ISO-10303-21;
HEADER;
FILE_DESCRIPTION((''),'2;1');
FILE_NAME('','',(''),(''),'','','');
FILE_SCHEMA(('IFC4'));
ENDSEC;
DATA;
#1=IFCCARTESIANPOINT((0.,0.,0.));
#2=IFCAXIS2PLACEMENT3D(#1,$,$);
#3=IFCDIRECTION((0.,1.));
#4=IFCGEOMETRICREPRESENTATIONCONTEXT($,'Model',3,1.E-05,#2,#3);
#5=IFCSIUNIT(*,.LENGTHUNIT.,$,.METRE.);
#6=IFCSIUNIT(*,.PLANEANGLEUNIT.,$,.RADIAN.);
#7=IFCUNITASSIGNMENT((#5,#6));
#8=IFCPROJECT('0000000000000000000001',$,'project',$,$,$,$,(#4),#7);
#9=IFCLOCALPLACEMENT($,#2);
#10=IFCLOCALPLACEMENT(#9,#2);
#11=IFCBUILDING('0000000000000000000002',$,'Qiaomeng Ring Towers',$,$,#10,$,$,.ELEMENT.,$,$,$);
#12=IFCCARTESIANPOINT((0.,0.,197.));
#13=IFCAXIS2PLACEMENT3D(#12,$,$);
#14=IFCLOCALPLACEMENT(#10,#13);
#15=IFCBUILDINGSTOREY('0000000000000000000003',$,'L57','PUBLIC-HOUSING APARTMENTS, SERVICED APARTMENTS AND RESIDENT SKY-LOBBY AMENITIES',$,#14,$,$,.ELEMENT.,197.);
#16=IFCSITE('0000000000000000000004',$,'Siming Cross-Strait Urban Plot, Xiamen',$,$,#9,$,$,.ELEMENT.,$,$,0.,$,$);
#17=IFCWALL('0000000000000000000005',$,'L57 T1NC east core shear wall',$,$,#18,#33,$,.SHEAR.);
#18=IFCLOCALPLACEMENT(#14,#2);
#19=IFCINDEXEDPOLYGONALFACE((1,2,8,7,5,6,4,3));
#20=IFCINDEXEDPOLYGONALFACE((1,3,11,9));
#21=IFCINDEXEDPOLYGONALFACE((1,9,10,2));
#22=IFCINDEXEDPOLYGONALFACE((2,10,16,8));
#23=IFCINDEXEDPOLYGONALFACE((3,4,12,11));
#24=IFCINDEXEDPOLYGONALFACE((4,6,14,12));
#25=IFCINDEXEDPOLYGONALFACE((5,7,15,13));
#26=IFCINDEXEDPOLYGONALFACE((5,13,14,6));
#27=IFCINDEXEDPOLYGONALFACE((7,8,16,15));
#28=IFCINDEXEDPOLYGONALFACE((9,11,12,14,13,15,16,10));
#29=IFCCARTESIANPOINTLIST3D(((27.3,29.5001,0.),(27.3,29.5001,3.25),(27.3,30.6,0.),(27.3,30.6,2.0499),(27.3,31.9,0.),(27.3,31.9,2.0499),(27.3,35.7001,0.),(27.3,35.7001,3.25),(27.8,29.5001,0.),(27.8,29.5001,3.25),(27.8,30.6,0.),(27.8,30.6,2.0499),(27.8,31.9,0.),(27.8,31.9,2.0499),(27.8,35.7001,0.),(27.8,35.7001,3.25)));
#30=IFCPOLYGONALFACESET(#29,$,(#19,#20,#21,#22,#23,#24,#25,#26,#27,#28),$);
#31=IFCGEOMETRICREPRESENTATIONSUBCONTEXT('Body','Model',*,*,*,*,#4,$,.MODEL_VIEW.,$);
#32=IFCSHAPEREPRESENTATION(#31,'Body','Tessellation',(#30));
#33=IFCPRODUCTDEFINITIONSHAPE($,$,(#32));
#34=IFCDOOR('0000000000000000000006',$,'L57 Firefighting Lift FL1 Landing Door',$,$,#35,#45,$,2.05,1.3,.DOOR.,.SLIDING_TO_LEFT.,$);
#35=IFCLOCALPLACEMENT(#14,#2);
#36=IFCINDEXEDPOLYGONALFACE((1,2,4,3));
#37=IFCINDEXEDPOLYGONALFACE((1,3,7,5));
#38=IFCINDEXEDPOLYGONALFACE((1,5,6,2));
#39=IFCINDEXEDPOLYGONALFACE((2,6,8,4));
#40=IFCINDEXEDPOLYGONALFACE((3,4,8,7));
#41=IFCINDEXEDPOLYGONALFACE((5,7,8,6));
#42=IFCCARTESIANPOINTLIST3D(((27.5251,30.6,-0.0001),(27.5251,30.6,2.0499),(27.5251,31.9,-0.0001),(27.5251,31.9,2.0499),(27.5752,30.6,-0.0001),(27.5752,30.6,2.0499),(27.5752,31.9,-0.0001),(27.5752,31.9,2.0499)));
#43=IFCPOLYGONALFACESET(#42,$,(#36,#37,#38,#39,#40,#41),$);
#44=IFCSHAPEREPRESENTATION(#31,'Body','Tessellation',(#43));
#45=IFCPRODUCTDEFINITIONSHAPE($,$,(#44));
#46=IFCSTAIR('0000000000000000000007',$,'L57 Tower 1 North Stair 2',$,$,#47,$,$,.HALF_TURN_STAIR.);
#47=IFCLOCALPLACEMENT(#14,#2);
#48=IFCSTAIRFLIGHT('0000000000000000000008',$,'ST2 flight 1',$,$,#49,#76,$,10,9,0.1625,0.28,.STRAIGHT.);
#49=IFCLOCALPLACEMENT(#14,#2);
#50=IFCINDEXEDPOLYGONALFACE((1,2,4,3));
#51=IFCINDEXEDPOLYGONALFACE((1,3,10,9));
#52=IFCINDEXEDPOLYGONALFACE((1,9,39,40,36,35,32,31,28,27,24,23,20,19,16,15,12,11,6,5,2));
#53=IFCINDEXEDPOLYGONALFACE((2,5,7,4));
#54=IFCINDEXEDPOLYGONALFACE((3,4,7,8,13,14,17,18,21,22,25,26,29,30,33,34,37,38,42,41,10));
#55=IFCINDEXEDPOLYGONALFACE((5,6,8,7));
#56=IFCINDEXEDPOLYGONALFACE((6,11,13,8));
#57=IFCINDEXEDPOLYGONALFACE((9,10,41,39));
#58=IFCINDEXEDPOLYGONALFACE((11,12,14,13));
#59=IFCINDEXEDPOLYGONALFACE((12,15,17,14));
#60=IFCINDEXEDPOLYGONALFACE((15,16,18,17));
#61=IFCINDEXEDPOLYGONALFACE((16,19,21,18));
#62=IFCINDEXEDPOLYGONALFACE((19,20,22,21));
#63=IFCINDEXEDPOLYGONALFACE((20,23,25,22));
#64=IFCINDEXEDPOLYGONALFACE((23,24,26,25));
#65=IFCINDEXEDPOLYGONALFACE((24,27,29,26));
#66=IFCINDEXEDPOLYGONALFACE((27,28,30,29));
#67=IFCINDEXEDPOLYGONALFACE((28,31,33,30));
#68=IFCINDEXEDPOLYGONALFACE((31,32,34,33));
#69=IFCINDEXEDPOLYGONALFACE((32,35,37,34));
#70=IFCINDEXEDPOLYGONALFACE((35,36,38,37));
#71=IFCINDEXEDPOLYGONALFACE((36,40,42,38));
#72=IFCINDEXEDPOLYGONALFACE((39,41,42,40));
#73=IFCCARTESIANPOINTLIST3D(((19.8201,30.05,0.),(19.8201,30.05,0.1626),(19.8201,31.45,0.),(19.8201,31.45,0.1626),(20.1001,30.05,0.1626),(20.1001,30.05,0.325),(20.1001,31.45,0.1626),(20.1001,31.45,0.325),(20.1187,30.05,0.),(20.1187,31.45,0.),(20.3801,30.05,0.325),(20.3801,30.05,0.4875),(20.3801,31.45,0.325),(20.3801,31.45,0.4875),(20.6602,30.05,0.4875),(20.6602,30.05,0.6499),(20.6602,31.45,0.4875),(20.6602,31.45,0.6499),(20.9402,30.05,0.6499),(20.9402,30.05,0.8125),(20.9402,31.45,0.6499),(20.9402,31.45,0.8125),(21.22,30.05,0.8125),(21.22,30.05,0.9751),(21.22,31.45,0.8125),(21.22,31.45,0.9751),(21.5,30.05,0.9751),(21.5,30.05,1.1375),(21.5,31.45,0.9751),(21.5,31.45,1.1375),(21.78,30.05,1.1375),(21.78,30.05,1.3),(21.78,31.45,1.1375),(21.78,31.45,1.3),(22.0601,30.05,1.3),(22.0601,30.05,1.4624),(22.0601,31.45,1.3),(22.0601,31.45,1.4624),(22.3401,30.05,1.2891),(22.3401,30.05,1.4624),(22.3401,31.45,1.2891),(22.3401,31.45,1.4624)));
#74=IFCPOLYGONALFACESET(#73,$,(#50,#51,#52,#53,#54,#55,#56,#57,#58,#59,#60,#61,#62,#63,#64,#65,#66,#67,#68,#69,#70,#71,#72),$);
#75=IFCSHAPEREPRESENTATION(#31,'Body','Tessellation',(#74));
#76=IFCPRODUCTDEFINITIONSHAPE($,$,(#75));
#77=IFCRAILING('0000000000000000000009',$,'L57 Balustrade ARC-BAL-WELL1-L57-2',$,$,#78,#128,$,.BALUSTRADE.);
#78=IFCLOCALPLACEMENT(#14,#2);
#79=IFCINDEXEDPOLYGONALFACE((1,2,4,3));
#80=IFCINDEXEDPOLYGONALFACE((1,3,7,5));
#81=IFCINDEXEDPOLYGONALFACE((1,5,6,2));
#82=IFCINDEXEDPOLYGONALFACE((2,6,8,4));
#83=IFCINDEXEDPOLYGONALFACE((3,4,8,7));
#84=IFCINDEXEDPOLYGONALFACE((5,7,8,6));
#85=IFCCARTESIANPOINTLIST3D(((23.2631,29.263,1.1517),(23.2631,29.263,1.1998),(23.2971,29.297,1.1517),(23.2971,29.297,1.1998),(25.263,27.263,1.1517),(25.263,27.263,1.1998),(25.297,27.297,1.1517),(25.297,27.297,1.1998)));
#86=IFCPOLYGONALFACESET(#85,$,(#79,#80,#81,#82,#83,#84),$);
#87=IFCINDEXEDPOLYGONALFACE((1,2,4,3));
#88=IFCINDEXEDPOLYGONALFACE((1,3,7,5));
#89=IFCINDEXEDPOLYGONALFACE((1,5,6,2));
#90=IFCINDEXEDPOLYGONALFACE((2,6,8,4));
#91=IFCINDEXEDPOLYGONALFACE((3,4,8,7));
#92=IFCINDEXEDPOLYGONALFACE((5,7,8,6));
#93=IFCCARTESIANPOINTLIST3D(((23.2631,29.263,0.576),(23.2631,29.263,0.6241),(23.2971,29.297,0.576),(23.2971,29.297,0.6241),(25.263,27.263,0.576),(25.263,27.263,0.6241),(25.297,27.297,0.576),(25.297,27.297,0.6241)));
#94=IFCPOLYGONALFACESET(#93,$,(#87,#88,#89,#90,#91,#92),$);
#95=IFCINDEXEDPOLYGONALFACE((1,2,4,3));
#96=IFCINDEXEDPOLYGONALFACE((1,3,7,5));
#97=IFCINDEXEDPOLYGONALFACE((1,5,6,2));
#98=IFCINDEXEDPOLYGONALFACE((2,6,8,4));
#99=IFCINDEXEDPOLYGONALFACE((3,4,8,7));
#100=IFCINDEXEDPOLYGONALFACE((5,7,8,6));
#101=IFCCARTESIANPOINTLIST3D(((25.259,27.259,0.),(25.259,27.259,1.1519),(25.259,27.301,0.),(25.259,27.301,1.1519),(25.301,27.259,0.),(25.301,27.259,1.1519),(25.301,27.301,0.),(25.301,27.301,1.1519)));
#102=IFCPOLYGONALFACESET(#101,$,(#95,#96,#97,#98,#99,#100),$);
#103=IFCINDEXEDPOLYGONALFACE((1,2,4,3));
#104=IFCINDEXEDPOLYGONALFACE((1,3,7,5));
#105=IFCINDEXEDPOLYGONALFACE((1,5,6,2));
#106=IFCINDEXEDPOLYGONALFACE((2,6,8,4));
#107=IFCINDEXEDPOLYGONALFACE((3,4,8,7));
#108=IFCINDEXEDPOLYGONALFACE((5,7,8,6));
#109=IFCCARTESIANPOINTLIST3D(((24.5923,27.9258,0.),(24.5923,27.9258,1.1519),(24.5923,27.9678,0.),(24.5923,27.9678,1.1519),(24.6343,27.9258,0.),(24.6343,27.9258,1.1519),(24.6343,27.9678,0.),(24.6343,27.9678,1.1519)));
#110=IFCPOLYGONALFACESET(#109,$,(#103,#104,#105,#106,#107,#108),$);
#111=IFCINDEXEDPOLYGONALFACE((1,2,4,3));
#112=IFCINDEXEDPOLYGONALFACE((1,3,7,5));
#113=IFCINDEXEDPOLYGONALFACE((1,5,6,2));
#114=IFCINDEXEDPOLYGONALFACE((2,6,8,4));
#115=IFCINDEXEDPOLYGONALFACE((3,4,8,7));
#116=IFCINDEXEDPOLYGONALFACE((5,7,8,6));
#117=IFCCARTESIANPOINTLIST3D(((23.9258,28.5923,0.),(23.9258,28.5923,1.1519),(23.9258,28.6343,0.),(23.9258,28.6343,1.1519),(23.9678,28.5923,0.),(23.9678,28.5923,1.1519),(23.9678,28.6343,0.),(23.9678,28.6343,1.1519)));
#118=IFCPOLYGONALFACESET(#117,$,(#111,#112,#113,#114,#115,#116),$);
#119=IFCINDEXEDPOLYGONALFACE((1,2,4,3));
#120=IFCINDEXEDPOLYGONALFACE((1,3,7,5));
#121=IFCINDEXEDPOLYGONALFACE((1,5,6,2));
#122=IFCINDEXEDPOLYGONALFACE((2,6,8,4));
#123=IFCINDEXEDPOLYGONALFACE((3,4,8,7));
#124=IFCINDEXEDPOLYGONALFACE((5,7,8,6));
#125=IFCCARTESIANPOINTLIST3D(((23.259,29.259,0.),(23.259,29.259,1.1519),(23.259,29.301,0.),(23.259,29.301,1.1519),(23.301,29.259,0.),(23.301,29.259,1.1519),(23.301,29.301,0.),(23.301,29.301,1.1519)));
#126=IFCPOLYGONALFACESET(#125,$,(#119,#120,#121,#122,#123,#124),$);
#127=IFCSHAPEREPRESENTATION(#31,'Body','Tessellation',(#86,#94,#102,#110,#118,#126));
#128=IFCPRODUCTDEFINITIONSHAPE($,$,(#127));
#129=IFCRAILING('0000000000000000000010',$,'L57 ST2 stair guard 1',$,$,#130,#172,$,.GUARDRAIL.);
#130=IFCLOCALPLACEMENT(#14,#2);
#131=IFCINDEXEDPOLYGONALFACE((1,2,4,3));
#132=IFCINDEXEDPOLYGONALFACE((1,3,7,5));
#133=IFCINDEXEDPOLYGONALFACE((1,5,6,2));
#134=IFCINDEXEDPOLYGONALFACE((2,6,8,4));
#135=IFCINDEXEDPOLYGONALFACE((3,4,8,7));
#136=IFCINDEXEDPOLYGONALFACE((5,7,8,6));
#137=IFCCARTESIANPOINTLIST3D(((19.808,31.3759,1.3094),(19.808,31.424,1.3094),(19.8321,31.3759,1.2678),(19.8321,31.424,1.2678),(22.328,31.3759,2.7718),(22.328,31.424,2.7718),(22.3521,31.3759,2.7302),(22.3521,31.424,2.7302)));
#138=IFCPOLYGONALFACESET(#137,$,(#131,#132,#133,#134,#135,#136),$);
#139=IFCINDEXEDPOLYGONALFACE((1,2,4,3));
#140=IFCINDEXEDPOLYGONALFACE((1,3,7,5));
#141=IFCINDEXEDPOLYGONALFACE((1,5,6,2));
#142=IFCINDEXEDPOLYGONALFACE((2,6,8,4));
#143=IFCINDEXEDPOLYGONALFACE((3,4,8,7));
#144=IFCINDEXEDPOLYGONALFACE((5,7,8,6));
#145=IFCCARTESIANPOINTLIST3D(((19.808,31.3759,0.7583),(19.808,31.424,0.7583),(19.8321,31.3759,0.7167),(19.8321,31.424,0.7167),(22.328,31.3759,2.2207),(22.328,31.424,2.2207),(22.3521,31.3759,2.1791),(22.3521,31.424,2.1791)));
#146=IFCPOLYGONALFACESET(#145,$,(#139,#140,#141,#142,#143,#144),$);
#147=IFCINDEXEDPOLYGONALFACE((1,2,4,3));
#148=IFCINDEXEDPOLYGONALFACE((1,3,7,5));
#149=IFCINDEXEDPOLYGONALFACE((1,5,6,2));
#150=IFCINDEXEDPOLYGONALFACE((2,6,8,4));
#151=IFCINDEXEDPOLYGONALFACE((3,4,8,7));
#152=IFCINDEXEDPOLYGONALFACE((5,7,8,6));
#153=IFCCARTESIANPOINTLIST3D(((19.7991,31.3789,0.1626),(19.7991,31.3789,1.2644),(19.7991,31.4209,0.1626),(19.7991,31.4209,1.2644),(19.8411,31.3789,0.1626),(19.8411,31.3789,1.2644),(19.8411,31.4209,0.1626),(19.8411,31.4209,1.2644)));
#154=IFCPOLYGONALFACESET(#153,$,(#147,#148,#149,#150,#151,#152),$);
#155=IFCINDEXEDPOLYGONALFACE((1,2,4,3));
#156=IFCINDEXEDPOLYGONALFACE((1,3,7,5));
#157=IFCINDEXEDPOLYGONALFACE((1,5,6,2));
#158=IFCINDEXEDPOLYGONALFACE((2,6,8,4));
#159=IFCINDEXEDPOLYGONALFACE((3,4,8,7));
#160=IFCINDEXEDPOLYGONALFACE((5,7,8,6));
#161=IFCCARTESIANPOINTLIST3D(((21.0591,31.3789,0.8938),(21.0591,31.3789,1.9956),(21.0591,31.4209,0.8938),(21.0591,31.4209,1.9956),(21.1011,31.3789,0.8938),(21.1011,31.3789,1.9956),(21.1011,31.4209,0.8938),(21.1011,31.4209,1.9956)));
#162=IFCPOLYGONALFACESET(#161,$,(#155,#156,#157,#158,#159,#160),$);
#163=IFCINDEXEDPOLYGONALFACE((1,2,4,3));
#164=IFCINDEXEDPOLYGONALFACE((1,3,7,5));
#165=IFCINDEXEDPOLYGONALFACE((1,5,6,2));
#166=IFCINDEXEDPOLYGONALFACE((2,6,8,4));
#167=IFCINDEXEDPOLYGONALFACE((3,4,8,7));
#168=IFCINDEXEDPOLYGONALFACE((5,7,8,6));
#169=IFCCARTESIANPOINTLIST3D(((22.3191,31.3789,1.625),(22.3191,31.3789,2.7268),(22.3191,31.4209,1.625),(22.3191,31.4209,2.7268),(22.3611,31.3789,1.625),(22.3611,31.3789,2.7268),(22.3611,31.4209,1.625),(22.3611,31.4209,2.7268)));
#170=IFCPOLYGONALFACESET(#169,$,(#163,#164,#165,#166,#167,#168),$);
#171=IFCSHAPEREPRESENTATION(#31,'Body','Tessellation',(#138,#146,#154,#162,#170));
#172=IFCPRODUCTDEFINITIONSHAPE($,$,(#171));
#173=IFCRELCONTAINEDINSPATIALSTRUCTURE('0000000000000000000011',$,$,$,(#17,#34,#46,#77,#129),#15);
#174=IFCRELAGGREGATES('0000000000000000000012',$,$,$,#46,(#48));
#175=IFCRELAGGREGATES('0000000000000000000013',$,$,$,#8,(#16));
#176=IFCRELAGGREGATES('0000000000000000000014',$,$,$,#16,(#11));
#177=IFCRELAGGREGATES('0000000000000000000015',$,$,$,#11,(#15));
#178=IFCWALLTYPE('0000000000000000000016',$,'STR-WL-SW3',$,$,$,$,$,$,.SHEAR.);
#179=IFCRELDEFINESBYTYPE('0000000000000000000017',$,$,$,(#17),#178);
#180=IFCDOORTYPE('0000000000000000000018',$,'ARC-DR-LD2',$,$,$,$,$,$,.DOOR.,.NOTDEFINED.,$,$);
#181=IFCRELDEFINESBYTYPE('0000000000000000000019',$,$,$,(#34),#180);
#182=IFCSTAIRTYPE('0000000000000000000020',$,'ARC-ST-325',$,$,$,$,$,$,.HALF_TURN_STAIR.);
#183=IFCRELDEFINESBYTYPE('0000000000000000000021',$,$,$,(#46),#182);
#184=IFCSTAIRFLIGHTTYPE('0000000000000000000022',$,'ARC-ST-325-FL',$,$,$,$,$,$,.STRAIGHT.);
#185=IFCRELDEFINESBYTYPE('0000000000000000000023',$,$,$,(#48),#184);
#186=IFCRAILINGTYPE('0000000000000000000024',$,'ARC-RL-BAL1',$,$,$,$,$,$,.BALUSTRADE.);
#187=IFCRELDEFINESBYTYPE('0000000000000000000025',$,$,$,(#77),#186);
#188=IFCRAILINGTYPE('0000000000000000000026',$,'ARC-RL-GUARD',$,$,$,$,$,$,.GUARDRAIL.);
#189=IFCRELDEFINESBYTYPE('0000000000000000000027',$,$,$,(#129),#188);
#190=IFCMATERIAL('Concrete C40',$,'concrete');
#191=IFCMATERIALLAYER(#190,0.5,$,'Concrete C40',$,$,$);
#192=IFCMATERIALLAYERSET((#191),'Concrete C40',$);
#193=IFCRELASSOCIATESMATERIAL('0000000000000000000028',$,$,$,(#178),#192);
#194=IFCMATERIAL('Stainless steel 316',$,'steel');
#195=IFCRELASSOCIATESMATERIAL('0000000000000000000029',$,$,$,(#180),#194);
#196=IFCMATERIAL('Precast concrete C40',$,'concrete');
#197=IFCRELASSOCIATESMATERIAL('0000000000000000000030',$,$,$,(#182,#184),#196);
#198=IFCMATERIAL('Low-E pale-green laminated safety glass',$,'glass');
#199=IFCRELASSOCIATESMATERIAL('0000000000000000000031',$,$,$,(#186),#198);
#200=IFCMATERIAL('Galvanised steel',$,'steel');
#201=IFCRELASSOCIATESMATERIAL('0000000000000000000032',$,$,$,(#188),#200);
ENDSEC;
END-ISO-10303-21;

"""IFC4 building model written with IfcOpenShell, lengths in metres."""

from ifc_helpers import new_model, si_unit, direction, frame, frame_2d, origin, origin_2d, place, context, subcontext, project, spatial, polyline, rectangle, outline, extrude, source, transform, mapped, material, layer, layer_set, type_object, element, fill, aggregate, save


model = new_model("IFC4")

# Units and contexts
model_context = context("Model", 3, precision=1e-05, world=origin(), true_north=direction((0.0, 1.0)))
body_context = subcontext(model_context, "Body", "Model", "MODEL_VIEW")
ifc_project = project(units=[si_unit("LENGTHUNIT", "METRE"), si_unit("PLANEANGLEUNIT", "RADIAN")], contexts=[model_context])

# Site, building, storey
site_placement = place(None, origin())
site = spatial("IfcSite", under=ifc_project, at=site_placement, Name="Siming Cross-Strait Urban Plot, Xiamen", CompositionType="ELEMENT", RefElevation=0.0)
building_placement = place(site_placement, origin())
building = spatial("IfcBuilding", under=site, at=building_placement, Name="Qiaomeng Ring Towers", CompositionType="ELEMENT")
storey_placement = place(building_placement, frame((0.0, 0.0, 197.0)))
storey = spatial("IfcBuildingStorey", under=building, at=storey_placement, Name="L57", Description="PUBLIC-HOUSING APARTMENTS, SERVICED APARTMENTS AND RESIDENT SKY-LOBBY AMENITIES", CompositionType="ELEMENT", Elevation=197.0)

# Shared definitions
ifc_material_1 = material(Name="Concrete C40", Category="concrete")

# Shared definitions
ifc_material_2 = material(Name="Stainless steel 316", Category="steel")

# Shared definitions
ifc_material_3 = material(Name="Galvanised steel", Category="steel")

# Wall, opening, door
ifc_layer_1 = layer(ifc_material_1, 0.5, Name="Concrete C40")
ifc_layer_set_1 = layer_set([ifc_layer_1], Name="Concrete C40")
wall_type_1 = type_object("IfcWallType", Name="STR-WL-SW3", PredefinedType="SHEAR", material=ifc_layer_set_1)
wall_1_placement = place(storey_placement, frame((27.55, 29.5, 0.0), z_axis=(0.0, 0.0, 1.0), x_axis=(0.0, 1.0, 0.0)))
wall_1 = element("IfcWall", 1, at=wall_1_placement, inside=storey, type_object=wall_type_1, Name="L57 T1NC east core shear wall", PredefinedType="SHEAR", context=body_context, shape_type="SweptSolid", body=[
    extrude(rectangle(XDim=6.2, YDim=0.5, at=frame_2d((3.1001, 0.0))), origin(), (0.0, 0.0, 1.0), 3.25),
])
opening_1_placement = place(wall_1_placement, frame((1.1001, 0.0, 0.0)))
opening_1 = element("IfcOpeningElement", 2, at=opening_1_placement, cuts=wall_1, PredefinedType="OPENING", context=body_context, shape_type="SweptSolid", body=[
    extrude(rectangle(XDim=1.3, YDim=2.05, at=frame_2d((0.6499, 1.0249))), frame((0.0, 0.26, 0.0), z_axis=(0.0, -1.0, 0.0), x_axis=(1.0, 0.0, 0.0)), (0.0, 0.0, 1.0), 0.52),
])
door_type_1 = type_object("IfcDoorType", Name="ARC-DR-LD2", OperationType="NOTDEFINED", PredefinedType="DOOR", material=ifc_material_2)
shared_shape_1 = source(origin(), body_context, "Body", "SweptSolid", [
    extrude(rectangle(XDim=1.3, YDim=2.05, at=frame_2d((0.6499, 1.0249))), frame((0.0, 0.0249, 0.0), z_axis=(0.0, -1.0, 0.0), x_axis=(1.0, 0.0, 0.0)), (0.0, 0.0, 1.0), 0.05),
])
door_1_placement = place(opening_1_placement, origin())
door_1 = element("IfcDoor", 3, at=door_1_placement, inside=storey, type_object=door_type_1, Name="L57 Firefighting Lift FL1 Landing Door", OperationType="SLIDING_TO_LEFT", OverallHeight=2.05, OverallWidth=1.3, PredefinedType="DOOR", context=body_context, shape_type="MappedRepresentation", body=[
    mapped(shared_shape_1, transform((0.0, 0.0, 0.0), x_axis=(1.0, 0.0, 0.0), y_axis=(0.0, 1.0, 0.0), z_axis=(0.0, 0.0, 1.0), scale=1.0)),
])
fill(opening_1, door_1)

# Stair, stair flight
ifc_material_4 = material(Name="Precast concrete C40", Category="concrete")
stair_type = type_object("IfcStairType", Name="ARC-ST-325", PredefinedType="HALF_TURN_STAIR", material=ifc_material_4)
stair_placement = place(storey_placement, origin())
stair = element("IfcStair", 4, at=stair_placement, inside=storey, type_object=stair_type, Name="L57 Tower 1 North Stair 2", PredefinedType="HALF_TURN_STAIR")
stair_flight_type = type_object("IfcStairFlightType", Name="ARC-ST-325-FL", PredefinedType="STRAIGHT", material=ifc_material_4)
shared_shape_2 = source(origin(), body_context, "Body", "SweptSolid", [
    extrude(outline(polyline([(0.0, 0.0), (0.0, 0.1626), (0.28, 0.1626), (0.28, 0.325), (0.5601, 0.325), (0.5601, 0.4875), (0.8401, 0.4875), (0.8401, 0.6499), (1.1201, 0.6499), (1.1201, 0.8125), (1.3999, 0.8125), (1.3999, 0.9751), (1.6799, 0.9751), (1.6799, 1.1375), (1.96, 1.1375), (1.96, 1.3), (2.24, 1.3), (2.24, 1.4624), (2.52, 1.4624), (2.52, 1.625), (2.52, 1.2891), (0.2986, 0.0), (0.0, 0.0)])), frame((0.0, 0.7, 0.0), z_axis=(0.0, -1.0, 0.0), x_axis=(1.0, 0.0, 0.0)), (0.0, 0.0, 1.0), 1.3999),
])
stair_flight_placement = place(storey_placement, frame((19.8201, 30.75, 0.0), z_axis=(0.0, 0.0, 1.0), x_axis=(1.0, 0.0, 0.0)))
stair_flight = element("IfcStairFlight", 5, at=stair_flight_placement, type_object=stair_flight_type, Name="ST2 flight 1", NumberOfRisers=10, NumberOfTreads=9, PredefinedType="STRAIGHT", RiserHeight=0.1625, TreadLength=0.28, context=body_context, shape_type="MappedRepresentation", body=[
    mapped(shared_shape_2, transform((0.0, 0.0, 0.0), x_axis=(1.0, 0.0, 0.0), y_axis=(0.0, 1.0, 0.0), z_axis=(0.0, 0.0, 1.0), scale=1.0)),
])
aggregate(stair, [stair_flight])

# Railings
ifc_material_5 = material(Name="Low-E pale-green laminated safety glass", Category="glass")
railing_type_1 = type_object("IfcRailingType", Name="ARC-RL-BAL1", PredefinedType="BALUSTRADE", material=ifc_material_5)
railing_1_placement = place(storey_placement, frame((25.28, 27.28, 0.0)))
element("IfcRailing", 6, at=railing_1_placement, inside=storey, type_object=railing_type_1, Name="L57 Balustrade ARC-BAL-WELL1-L57-2", PredefinedType="BALUSTRADE", context=body_context, shape_type="SweptSolid", body=[
    extrude(rectangle(XDim=0.0481, YDim=0.0481, at=origin_2d()), frame((0.0, 0.0, 1.1758), z_axis=(-0.707107, 0.707107, 0.0), x_axis=(-0.707107, -0.707107, 0.0)), (0.0, 0.0, 1.0), 2.8284),
    extrude(rectangle(XDim=0.0481, YDim=0.0481, at=origin_2d()), frame((0.0, 0.0, 0.6001), z_axis=(-0.707107, 0.707107, 0.0), x_axis=(-0.707107, -0.707107, 0.0)), (0.0, 0.0, 1.0), 2.8284),
    extrude(rectangle(XDim=0.042, YDim=0.042, at=origin_2d()), origin(), (0.0, 0.0, 1.0), 1.1519),
    extrude(rectangle(XDim=0.042, YDim=0.042, at=origin_2d()), frame((-0.6667, 0.6667, 0.0)), (0.0, 0.0, 1.0), 1.1519),
    extrude(rectangle(XDim=0.042, YDim=0.042, at=origin_2d()), frame((-1.3333, 1.3333, 0.0)), (0.0, 0.0, 1.0), 1.1519),
    extrude(rectangle(XDim=0.042, YDim=0.042, at=origin_2d()), frame((-2.0, 2.0, 0.0)), (0.0, 0.0, 1.0), 1.1519),
])
railing_type_2 = type_object("IfcRailingType", Name="ARC-RL-GUARD", PredefinedType="GUARDRAIL", material=ifc_material_3)
railing_2_placement = place(storey_placement, frame((19.8201, 31.3999, 0.1626)))
element("IfcRailing", 7, at=railing_2_placement, inside=storey, type_object=railing_type_2, Name="L57 ST2 stair guard 1", PredefinedType="GUARDRAIL", context=body_context, shape_type="SweptSolid", body=[
    extrude(rectangle(XDim=0.0481, YDim=0.0481, at=origin_2d()), frame((0.0, 0.0, 1.126), z_axis=(0.864913, 0.0, 0.501921), x_axis=(0.0, 1.0, 0.0)), (0.0, 0.0, 1.0), 2.9136),
    extrude(rectangle(XDim=0.0481, YDim=0.0481, at=origin_2d()), frame((0.0, 0.0, 0.575), z_axis=(0.864913, 0.0, 0.501921), x_axis=(0.0, 1.0, 0.0)), (0.0, 0.0, 1.0), 2.9136),
    extrude(rectangle(XDim=0.042, YDim=0.042, at=origin_2d()), origin(), (0.0, 0.0, 1.0), 1.1018),
    extrude(rectangle(XDim=0.042, YDim=0.042, at=origin_2d()), frame((1.26, 0.0, 0.7312)), (0.0, 0.0, 1.0), 1.1018),
    extrude(rectangle(XDim=0.042, YDim=0.042, at=origin_2d()), frame((2.52, 0.0, 1.4624)), (0.0, 0.0, 1.0), 1.1018),
])

save(model, "model.ifc")
